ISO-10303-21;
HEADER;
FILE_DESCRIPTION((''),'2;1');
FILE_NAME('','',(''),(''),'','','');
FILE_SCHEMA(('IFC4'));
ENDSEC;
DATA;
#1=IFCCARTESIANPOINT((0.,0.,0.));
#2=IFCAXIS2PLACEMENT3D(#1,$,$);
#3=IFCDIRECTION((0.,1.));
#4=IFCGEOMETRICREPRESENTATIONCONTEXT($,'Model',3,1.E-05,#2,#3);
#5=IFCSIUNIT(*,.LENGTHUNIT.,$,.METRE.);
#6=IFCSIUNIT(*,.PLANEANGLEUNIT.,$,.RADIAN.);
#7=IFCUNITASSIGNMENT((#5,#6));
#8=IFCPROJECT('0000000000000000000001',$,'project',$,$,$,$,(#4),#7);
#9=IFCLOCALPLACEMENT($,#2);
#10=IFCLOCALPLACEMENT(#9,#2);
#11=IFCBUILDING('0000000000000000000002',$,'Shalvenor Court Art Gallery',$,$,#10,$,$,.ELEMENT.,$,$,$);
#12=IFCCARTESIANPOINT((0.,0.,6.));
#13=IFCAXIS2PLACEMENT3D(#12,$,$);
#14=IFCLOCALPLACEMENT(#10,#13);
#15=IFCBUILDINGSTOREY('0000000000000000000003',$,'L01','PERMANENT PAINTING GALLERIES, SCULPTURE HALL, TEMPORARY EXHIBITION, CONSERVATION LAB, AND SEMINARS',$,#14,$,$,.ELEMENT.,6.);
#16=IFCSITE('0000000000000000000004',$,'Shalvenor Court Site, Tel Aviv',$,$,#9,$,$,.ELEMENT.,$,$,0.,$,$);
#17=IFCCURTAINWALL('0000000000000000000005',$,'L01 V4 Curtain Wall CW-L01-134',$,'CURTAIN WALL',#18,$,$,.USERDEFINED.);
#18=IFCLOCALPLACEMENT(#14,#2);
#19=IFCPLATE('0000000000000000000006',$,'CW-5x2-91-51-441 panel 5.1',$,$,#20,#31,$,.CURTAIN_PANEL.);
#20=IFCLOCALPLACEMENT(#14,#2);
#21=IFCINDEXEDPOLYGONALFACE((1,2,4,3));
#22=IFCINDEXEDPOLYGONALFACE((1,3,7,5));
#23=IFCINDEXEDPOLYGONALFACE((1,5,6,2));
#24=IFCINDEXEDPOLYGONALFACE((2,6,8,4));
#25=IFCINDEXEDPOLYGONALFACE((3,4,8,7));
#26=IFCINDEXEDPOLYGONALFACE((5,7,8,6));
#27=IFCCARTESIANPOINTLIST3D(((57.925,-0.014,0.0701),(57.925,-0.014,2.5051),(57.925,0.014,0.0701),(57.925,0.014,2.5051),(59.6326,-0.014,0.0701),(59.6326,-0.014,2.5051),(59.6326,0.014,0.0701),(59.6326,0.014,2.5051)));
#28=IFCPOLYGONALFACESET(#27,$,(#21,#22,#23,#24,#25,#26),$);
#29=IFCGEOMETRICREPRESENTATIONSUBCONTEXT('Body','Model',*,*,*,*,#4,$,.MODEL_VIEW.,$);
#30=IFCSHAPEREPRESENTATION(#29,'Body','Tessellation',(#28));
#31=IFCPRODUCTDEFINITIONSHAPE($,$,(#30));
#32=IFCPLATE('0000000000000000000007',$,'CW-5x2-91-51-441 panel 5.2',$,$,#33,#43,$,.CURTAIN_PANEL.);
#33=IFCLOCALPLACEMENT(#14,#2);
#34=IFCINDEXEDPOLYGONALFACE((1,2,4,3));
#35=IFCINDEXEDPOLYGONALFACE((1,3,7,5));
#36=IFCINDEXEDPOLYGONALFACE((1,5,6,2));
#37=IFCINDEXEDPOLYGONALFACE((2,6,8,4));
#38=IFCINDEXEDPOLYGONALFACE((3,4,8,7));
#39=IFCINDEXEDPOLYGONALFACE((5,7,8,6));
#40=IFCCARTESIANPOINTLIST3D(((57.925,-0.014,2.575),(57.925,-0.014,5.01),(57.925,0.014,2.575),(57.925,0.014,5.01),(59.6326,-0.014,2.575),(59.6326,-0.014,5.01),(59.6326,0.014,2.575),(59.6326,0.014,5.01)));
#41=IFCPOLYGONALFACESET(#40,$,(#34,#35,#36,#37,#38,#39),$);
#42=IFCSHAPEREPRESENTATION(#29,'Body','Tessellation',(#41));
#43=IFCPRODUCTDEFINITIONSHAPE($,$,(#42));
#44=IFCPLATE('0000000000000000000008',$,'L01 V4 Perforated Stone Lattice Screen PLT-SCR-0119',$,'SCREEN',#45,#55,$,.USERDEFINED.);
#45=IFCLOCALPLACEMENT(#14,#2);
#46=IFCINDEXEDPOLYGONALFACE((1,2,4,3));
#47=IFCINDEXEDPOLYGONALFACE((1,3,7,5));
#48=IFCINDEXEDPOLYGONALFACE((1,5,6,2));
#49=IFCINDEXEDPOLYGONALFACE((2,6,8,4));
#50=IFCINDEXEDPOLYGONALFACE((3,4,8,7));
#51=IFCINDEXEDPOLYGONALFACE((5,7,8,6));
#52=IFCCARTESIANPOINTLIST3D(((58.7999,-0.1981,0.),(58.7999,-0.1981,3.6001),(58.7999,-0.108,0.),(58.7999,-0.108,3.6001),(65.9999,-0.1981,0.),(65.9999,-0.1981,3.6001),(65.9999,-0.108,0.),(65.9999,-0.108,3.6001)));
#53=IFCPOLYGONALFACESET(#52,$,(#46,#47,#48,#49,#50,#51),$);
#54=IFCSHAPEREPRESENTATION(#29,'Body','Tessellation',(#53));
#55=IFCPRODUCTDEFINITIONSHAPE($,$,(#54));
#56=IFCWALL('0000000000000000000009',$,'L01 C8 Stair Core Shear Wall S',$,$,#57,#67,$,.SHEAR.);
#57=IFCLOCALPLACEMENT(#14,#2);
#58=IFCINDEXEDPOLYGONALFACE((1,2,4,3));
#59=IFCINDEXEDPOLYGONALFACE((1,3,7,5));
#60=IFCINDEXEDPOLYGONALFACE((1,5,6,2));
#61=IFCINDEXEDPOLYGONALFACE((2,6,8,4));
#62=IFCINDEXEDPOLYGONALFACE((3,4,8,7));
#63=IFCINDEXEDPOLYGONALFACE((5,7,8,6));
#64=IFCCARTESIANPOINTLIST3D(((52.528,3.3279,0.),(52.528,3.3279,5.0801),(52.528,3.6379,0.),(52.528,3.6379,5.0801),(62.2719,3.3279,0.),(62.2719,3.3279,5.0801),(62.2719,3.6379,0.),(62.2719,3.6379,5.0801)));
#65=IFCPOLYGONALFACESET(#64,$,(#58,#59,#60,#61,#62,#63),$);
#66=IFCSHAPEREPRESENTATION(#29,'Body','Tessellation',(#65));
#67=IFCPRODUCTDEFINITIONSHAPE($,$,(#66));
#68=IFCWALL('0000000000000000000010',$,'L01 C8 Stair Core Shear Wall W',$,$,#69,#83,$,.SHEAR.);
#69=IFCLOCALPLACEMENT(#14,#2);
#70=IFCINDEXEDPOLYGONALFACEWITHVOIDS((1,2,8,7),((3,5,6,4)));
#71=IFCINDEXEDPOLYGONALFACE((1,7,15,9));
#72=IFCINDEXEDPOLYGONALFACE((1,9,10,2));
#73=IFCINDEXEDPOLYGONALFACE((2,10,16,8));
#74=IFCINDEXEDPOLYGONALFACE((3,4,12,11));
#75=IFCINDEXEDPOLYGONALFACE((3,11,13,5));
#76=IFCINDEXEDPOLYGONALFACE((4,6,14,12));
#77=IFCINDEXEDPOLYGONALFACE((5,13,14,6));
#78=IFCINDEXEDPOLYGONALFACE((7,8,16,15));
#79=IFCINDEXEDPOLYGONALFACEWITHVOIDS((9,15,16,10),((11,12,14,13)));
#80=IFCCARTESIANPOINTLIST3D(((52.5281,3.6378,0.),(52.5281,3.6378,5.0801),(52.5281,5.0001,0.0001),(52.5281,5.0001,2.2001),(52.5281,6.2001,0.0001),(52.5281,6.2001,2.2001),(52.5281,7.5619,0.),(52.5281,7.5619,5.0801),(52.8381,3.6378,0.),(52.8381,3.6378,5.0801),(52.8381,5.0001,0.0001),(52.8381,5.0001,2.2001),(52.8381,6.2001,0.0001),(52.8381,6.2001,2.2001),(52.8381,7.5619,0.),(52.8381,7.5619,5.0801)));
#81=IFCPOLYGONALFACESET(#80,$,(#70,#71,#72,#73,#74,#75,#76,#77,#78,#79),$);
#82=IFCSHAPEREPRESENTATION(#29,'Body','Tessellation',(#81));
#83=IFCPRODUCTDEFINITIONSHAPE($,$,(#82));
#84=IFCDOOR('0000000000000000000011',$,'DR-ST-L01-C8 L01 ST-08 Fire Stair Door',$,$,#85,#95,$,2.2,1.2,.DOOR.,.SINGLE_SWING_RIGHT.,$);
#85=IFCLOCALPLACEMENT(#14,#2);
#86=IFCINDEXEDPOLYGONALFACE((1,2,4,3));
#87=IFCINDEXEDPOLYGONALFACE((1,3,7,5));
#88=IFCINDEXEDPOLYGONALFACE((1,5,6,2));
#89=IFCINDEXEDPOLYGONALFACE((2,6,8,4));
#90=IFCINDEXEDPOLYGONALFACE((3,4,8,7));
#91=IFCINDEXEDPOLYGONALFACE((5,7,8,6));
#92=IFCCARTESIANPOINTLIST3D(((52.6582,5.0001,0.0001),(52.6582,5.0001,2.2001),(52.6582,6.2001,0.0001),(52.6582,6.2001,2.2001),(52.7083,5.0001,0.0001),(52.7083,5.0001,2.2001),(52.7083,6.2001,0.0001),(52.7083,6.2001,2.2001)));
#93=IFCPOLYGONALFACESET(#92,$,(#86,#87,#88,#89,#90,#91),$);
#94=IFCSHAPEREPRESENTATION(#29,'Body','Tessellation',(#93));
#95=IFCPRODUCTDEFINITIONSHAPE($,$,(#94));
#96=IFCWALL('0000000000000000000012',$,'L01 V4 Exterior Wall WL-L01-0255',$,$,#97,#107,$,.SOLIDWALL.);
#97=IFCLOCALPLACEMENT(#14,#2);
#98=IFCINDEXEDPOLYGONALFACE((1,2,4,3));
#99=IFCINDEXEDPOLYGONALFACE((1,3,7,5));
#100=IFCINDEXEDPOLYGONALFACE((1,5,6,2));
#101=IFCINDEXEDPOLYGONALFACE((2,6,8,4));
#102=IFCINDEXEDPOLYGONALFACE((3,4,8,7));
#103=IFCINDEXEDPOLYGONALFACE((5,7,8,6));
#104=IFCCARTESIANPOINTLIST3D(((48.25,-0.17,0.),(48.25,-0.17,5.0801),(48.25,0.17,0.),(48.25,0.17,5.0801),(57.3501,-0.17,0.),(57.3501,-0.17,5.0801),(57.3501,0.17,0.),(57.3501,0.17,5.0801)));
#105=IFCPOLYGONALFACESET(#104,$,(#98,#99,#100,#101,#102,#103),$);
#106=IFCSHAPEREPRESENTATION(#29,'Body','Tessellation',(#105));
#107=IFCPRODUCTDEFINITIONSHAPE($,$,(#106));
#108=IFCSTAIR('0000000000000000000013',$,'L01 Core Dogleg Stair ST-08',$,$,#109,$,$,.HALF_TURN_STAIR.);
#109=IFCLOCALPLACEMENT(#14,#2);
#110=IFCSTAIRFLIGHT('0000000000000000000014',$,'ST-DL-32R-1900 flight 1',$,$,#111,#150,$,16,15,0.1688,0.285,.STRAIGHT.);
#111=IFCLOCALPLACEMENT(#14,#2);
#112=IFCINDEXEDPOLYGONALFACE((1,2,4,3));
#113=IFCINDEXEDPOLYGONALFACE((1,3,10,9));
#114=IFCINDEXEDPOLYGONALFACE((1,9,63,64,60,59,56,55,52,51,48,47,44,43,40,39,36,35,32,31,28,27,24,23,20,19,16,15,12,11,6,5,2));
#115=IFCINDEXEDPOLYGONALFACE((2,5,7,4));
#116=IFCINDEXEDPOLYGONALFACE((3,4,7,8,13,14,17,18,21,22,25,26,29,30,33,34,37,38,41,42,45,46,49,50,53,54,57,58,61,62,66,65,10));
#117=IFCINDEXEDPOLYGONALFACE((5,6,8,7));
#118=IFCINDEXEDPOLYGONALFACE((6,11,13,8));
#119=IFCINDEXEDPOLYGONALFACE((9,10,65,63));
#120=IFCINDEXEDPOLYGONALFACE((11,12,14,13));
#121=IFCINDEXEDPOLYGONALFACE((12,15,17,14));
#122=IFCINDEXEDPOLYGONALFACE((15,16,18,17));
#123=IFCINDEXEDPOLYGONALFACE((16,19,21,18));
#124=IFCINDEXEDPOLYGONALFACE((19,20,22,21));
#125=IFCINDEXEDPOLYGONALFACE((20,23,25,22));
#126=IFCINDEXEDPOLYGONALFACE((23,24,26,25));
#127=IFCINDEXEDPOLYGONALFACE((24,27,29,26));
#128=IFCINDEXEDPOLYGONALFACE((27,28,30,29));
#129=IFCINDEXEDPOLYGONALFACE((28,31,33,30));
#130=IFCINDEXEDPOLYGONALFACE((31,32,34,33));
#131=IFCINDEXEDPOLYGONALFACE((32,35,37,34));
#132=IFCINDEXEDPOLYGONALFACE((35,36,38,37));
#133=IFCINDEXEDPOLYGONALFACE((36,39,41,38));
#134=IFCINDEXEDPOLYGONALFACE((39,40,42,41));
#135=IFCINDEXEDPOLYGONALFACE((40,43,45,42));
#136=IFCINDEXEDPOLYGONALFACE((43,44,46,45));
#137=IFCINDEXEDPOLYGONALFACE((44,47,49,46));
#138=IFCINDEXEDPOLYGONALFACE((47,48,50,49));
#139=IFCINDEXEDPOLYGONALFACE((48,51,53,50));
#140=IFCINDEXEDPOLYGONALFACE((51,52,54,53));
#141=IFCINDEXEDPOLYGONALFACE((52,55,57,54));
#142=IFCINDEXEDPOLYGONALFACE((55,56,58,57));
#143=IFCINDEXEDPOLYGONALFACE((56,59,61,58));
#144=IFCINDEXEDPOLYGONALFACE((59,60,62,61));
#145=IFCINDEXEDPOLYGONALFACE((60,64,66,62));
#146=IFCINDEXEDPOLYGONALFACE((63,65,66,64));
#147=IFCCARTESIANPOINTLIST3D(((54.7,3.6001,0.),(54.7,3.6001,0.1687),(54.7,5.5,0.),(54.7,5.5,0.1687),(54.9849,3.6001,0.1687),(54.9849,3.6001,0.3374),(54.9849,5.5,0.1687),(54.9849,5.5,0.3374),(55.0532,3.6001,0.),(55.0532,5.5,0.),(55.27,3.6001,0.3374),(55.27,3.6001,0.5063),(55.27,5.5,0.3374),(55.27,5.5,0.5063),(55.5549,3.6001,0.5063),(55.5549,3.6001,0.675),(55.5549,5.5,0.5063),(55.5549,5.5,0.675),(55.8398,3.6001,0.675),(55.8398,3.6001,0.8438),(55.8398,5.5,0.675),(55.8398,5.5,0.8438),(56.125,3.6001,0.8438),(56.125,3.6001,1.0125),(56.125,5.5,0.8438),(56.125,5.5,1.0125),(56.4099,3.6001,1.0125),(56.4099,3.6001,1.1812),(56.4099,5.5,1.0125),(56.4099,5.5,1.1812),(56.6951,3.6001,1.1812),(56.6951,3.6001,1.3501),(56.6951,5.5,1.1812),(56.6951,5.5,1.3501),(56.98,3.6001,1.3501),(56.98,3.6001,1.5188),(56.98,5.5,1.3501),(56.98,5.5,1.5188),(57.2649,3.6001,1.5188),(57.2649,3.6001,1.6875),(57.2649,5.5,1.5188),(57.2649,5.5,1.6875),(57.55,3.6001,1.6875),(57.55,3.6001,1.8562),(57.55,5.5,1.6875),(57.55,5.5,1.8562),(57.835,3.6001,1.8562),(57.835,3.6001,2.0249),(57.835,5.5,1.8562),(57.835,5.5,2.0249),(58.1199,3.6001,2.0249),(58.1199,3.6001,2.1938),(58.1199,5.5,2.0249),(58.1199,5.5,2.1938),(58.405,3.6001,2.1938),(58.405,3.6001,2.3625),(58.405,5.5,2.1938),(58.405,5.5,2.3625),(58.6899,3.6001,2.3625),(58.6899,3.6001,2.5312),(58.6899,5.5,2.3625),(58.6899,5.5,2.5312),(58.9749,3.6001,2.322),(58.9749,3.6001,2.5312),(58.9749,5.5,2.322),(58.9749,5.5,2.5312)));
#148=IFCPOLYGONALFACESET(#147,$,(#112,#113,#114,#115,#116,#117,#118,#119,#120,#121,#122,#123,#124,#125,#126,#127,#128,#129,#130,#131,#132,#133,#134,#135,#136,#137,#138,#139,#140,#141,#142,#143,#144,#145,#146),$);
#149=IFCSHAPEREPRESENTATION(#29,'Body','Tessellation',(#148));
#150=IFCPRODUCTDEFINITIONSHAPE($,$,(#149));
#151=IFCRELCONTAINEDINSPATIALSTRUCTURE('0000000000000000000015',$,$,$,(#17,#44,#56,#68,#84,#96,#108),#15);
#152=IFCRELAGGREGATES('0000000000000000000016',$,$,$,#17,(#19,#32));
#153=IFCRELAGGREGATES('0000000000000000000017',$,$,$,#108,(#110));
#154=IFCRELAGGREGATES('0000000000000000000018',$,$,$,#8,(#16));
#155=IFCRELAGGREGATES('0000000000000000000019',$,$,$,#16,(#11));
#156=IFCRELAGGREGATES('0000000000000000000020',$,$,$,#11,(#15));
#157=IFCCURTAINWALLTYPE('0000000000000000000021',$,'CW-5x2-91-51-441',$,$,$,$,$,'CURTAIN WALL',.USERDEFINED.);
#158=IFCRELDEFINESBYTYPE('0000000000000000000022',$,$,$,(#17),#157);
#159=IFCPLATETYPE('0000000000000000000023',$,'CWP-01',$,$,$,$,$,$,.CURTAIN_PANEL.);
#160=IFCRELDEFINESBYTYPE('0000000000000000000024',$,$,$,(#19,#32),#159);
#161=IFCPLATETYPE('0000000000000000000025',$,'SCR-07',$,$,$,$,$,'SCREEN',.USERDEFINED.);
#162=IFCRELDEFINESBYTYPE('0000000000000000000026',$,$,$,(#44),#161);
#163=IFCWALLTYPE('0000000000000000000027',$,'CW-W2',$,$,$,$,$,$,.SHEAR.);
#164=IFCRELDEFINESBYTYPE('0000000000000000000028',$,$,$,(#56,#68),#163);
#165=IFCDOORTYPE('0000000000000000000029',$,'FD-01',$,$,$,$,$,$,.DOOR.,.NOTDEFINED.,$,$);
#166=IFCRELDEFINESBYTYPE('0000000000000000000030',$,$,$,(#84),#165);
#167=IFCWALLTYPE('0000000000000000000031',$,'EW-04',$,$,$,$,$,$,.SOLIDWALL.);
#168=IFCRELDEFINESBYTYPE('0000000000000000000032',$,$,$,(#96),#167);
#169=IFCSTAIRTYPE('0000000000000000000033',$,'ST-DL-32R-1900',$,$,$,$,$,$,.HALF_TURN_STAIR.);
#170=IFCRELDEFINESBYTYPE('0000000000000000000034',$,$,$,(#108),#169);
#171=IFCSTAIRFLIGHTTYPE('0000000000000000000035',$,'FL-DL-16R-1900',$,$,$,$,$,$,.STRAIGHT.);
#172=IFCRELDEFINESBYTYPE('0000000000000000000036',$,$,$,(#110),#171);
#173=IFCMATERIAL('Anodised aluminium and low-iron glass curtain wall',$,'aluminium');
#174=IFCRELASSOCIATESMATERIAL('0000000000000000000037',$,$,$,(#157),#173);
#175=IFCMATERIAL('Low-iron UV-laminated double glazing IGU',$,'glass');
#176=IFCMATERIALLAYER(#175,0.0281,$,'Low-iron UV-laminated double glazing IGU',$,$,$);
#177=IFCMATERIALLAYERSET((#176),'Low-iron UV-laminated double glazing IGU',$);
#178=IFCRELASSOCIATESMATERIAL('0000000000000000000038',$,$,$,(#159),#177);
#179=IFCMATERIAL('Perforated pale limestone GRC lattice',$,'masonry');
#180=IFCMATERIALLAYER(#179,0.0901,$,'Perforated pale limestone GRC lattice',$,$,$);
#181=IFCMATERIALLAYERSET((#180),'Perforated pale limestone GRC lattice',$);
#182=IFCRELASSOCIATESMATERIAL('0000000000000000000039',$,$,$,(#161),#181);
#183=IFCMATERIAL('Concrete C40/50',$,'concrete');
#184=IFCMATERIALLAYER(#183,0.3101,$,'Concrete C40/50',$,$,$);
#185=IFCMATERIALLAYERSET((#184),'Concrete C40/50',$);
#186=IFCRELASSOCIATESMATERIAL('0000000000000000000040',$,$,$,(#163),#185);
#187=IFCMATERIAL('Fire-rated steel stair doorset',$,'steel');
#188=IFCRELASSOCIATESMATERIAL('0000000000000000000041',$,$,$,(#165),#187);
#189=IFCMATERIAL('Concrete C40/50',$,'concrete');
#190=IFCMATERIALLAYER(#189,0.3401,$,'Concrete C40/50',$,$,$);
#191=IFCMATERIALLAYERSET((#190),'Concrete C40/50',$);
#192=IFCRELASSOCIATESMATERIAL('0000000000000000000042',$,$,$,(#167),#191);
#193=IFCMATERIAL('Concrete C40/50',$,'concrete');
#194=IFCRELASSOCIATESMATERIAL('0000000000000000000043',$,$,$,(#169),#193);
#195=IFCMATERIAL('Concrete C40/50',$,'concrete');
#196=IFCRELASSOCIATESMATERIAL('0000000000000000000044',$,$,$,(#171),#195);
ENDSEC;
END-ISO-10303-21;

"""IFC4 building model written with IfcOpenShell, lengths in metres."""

from ifc_helpers import new_model, si_unit, direction, frame, frame_2d, origin, origin_2d, place, context, subcontext, project, spatial, polyline, rectangle, outline, extrude, material, layer, layer_set, type_object, element, fill, aggregate, save


model = new_model("IFC4")

# Units and contexts
model_context = context("Model", 3, precision=1e-05, world=origin(), true_north=direction((0.0, 1.0)))
body_context = subcontext(model_context, "Body", "Model", "MODEL_VIEW")
ifc_project = project(units=[si_unit("LENGTHUNIT", "METRE"), si_unit("PLANEANGLEUNIT", "RADIAN")], contexts=[model_context])

# Site, building, storey
site_placement = place(None, origin())
site = spatial("IfcSite", under=ifc_project, at=site_placement, Name="Shalvenor Court Site, Tel Aviv", CompositionType="ELEMENT", RefElevation=0.0)
building_placement = place(site_placement, origin())
building = spatial("IfcBuilding", under=site, at=building_placement, Name="Shalvenor Court Art Gallery", CompositionType="ELEMENT")
storey_placement = place(building_placement, frame((0.0, 0.0, 6.0)))
storey = spatial("IfcBuildingStorey", under=building, at=storey_placement, Name="L01", Description="PERMANENT PAINTING GALLERIES, SCULPTURE HALL, TEMPORARY EXHIBITION, CONSERVATION LAB, AND SEMINARS", CompositionType="ELEMENT", Elevation=6.0)

# Curtain wall
ifc_material_1 = material(Name="Anodised aluminium and low-iron glass curtain wall", Category="aluminium")
curtain_wall_type = type_object("IfcCurtainWallType", Name="CW-5x2-91-51-441", ElementType="CURTAIN WALL", PredefinedType="USERDEFINED", material=ifc_material_1)
curtain_wall_placement = place(storey_placement, origin())
curtain_wall = element("IfcCurtainWall", 1, at=curtain_wall_placement, inside=storey, type_object=curtain_wall_type, Name="L01 V4 Curtain Wall CW-L01-134", ObjectType="CURTAIN WALL", PredefinedType="USERDEFINED")

# Plates
ifc_material_2 = material(Name="Low-iron UV-laminated double glazing IGU", Category="glass")
ifc_layer_1 = layer(ifc_material_2, 0.0281, Name="Low-iron UV-laminated double glazing IGU")
ifc_layer_set_1 = layer_set([ifc_layer_1], Name="Low-iron UV-laminated double glazing IGU")
plate_type_1 = type_object("IfcPlateType", Name="CWP-01", PredefinedType="CURTAIN_PANEL", material=ifc_layer_set_1)
plate_1_placement = place(storey_placement, frame((58.7788, 0.0, 0.0701), z_axis=(0.0, 0.0, 1.0), x_axis=(-1.0, 0.0, 0.0)))
plate_1 = element("IfcPlate", 2, at=plate_1_placement, type_object=plate_type_1, Name="CW-5x2-91-51-441 panel 5.1", PredefinedType="CURTAIN_PANEL", context=body_context, shape_type="SweptSolid", body=[
    extrude(rectangle(XDim=1.7075, YDim=0.0281, at=origin_2d()), origin(), (0.0, 0.0, 1.0), 2.4351),
])
plate_2_placement = place(storey_placement, frame((58.7788, 0.0, 2.575), z_axis=(0.0, 0.0, 1.0), x_axis=(-1.0, 0.0, 0.0)))
plate_2 = element("IfcPlate", 3, at=plate_2_placement, type_object=plate_type_1, Name="CW-5x2-91-51-441 panel 5.2", PredefinedType="CURTAIN_PANEL", context=body_context, shape_type="SweptSolid", body=[
    extrude(rectangle(XDim=1.7075, YDim=0.0281, at=origin_2d()), origin(), (0.0, 0.0, 1.0), 2.4351),
])
aggregate(curtain_wall, [plate_1, plate_2])
ifc_material_3 = material(Name="Perforated pale limestone GRC lattice", Category="masonry")
ifc_layer_2 = layer(ifc_material_3, 0.0901, Name="Perforated pale limestone GRC lattice")
ifc_layer_set_2 = layer_set([ifc_layer_2], Name="Perforated pale limestone GRC lattice")
plate_type_2 = type_object("IfcPlateType", Name="SCR-07", ElementType="SCREEN", PredefinedType="USERDEFINED", material=ifc_layer_set_2)
plate_3_placement = place(storey_placement, frame((62.3999, -0.1531, 0.0), z_axis=(0.0, 0.0, 1.0), x_axis=(-1.0, 0.0, 0.0)))
element("IfcPlate", 4, at=plate_3_placement, inside=storey, type_object=plate_type_2, Name="L01 V4 Perforated Stone Lattice Screen PLT-SCR-0119", ObjectType="SCREEN", PredefinedType="USERDEFINED", context=body_context, shape_type="SweptSolid", body=[
    extrude(rectangle(XDim=7.2, YDim=0.0901, at=origin_2d()), origin(), (0.0, 0.0, 1.0), 3.6001),
])

# Wall
ifc_material_4 = material(Name="Concrete C40/50", Category="concrete")
ifc_layer_3 = layer(ifc_material_4, 0.3101, Name="Concrete C40/50")
ifc_layer_set_3 = layer_set([ifc_layer_3], Name="Concrete C40/50")
wall_type_1 = type_object("IfcWallType", Name="CW-W2", PredefinedType="SHEAR", material=ifc_layer_set_3)
wall_1_placement = place(storey_placement, frame((62.272, 3.4829, 0.0), z_axis=(0.0, 0.0, 1.0), x_axis=(-1.0, 0.0, 0.0)))
element("IfcWall", 5, at=wall_1_placement, inside=storey, type_object=wall_type_1, Name="L01 C8 Stair Core Shear Wall S", PredefinedType="SHEAR", context=body_context, shape_type="SweptSolid", body=[
    extrude(rectangle(XDim=9.7439, YDim=0.3101, at=frame_2d((4.8721, 0.0))), origin(), (0.0, 0.0, 1.0), 5.0801),
])

# Wall, opening, door
wall_2_placement = place(storey_placement, frame((52.6831, 3.6379, 0.0), z_axis=(0.0, 0.0, 1.0), x_axis=(0.0, 1.0, 0.0)))
wall_2 = element("IfcWall", 6, at=wall_2_placement, inside=storey, type_object=wall_type_1, Name="L01 C8 Stair Core Shear Wall W", PredefinedType="SHEAR", context=body_context, shape_type="SweptSolid", body=[
    extrude(rectangle(XDim=3.9241, YDim=0.3101, at=frame_2d((1.9619, 0.0))), origin(), (0.0, 0.0, 1.0), 5.0801),
])
opening_placement = place(wall_2_placement, frame((1.3621, 0.0, 0.0)))
opening = element("IfcOpeningElement", 7, at=opening_placement, cuts=wall_2, PredefinedType="OPENING", context=body_context, shape_type="SweptSolid", body=[
    extrude(rectangle(XDim=1.2, YDim=2.2, at=frame_2d((0.6001, 1.1001))), frame((0.0, 0.165, 0.0), z_axis=(0.0, -1.0, 0.0), x_axis=(1.0, 0.0, 0.0)), (0.0, 0.0, 1.0), 0.3301),
])
ifc_material_5 = material(Name="Fire-rated steel stair doorset", Category="steel")
door_type = type_object("IfcDoorType", Name="FD-01", OperationType="NOTDEFINED", PredefinedType="DOOR", material=ifc_material_5)
door_placement = place(opening_placement, origin())
door = element("IfcDoor", 8, at=door_placement, inside=storey, type_object=door_type, Name="DR-ST-L01-C8 L01 ST-08 Fire Stair Door", OperationType="SINGLE_SWING_RIGHT", OverallHeight=2.2, OverallWidth=1.2, PredefinedType="DOOR", context=body_context, shape_type="SweptSolid", body=[
    extrude(rectangle(XDim=1.2, YDim=2.2, at=frame_2d((0.6001, 1.1001))), frame((0.0, 0.0249, 0.0), z_axis=(0.0, -1.0, 0.0), x_axis=(1.0, 0.0, 0.0)), (0.0, 0.0, 1.0), 0.05),
])
fill(opening, door)

# Wall
ifc_material_6 = material(Name="Concrete C40/50", Category="concrete")
ifc_layer_4 = layer(ifc_material_6, 0.3401, Name="Concrete C40/50")
ifc_layer_set_4 = layer_set([ifc_layer_4], Name="Concrete C40/50")
wall_type_2 = type_object("IfcWallType", Name="EW-04", PredefinedType="SOLIDWALL", material=ifc_layer_set_4)
wall_3_placement = place(storey_placement, frame((57.3501, 0.0, 0.0), z_axis=(0.0, 0.0, 1.0), x_axis=(-1.0, 0.0, 0.0)))
element("IfcWall", 9, at=wall_3_placement, inside=storey, type_object=wall_type_2, Name="L01 V4 Exterior Wall WL-L01-0255", PredefinedType="SOLIDWALL", context=body_context, shape_type="SweptSolid", body=[
    extrude(rectangle(XDim=9.1001, YDim=0.3401, at=frame_2d((4.55, 0.0))), origin(), (0.0, 0.0, 1.0), 5.0801),
])

# Stair, stair flight
ifc_material_7 = material(Name="Concrete C40/50", Category="concrete")
stair_type = type_object("IfcStairType", Name="ST-DL-32R-1900", PredefinedType="HALF_TURN_STAIR", material=ifc_material_7)
stair_placement = place(storey_placement, origin())
stair = element("IfcStair", 10, at=stair_placement, inside=storey, type_object=stair_type, Name="L01 Core Dogleg Stair ST-08", PredefinedType="HALF_TURN_STAIR")
ifc_material_8 = material(Name="Concrete C40/50", Category="concrete")
stair_flight_type = type_object("IfcStairFlightType", Name="FL-DL-16R-1900", PredefinedType="STRAIGHT", material=ifc_material_8)
stair_flight_1_placement = place(storey_placement, frame((54.7, 4.55, 0.0), z_axis=(0.0, 0.0, 1.0), x_axis=(1.0, 0.0, 0.0)))
stair_flight_1 = element("IfcStairFlight", 11, at=stair_flight_1_placement, type_object=stair_flight_type, Name="ST-DL-32R-1900 flight 1", NumberOfRisers=16, NumberOfTreads=15, PredefinedType="STRAIGHT", RiserHeight=0.1688, TreadLength=0.285, context=body_context, shape_type="SweptSolid", body=[
    extrude(outline(polyline([(0.0, 0.0), (0.0, 0.1687), (0.2849, 0.1687), (0.2849, 0.3374), (0.5701, 0.3374), (0.5701, 0.5063), (0.855, 0.5063), (0.855, 0.675), (1.1399, 0.675), (1.1399, 0.8438), (1.425, 0.8438), (1.425, 1.0125), (1.71, 1.0125), (1.71, 1.1812), (1.9951, 1.1812), (1.9951, 1.3501), (2.28, 1.3501), (2.28, 1.5188), (2.5649, 1.5188), (2.5649, 1.6875), (2.8501, 1.6875), (2.8501, 1.8562), (3.135, 1.8562), (3.135, 2.0249), (3.4199, 2.0249), (3.4199, 2.1938), (3.7051, 2.1938), (3.7051, 2.3625), (3.99, 2.3625), (3.99, 2.5312), (4.2749, 2.5312), (4.2749, 2.7), (4.2749, 2.322), (0.3533, 0.0), (0.0, 0.0)])), frame((0.0, 0.95, 0.0), z_axis=(0.0, -1.0, 0.0), x_axis=(1.0, 0.0, 0.0)), (0.0, 0.0, 1.0), 1.8999),
])
aggregate(stair, [stair_flight_1])

save(model, "model.ifc")
